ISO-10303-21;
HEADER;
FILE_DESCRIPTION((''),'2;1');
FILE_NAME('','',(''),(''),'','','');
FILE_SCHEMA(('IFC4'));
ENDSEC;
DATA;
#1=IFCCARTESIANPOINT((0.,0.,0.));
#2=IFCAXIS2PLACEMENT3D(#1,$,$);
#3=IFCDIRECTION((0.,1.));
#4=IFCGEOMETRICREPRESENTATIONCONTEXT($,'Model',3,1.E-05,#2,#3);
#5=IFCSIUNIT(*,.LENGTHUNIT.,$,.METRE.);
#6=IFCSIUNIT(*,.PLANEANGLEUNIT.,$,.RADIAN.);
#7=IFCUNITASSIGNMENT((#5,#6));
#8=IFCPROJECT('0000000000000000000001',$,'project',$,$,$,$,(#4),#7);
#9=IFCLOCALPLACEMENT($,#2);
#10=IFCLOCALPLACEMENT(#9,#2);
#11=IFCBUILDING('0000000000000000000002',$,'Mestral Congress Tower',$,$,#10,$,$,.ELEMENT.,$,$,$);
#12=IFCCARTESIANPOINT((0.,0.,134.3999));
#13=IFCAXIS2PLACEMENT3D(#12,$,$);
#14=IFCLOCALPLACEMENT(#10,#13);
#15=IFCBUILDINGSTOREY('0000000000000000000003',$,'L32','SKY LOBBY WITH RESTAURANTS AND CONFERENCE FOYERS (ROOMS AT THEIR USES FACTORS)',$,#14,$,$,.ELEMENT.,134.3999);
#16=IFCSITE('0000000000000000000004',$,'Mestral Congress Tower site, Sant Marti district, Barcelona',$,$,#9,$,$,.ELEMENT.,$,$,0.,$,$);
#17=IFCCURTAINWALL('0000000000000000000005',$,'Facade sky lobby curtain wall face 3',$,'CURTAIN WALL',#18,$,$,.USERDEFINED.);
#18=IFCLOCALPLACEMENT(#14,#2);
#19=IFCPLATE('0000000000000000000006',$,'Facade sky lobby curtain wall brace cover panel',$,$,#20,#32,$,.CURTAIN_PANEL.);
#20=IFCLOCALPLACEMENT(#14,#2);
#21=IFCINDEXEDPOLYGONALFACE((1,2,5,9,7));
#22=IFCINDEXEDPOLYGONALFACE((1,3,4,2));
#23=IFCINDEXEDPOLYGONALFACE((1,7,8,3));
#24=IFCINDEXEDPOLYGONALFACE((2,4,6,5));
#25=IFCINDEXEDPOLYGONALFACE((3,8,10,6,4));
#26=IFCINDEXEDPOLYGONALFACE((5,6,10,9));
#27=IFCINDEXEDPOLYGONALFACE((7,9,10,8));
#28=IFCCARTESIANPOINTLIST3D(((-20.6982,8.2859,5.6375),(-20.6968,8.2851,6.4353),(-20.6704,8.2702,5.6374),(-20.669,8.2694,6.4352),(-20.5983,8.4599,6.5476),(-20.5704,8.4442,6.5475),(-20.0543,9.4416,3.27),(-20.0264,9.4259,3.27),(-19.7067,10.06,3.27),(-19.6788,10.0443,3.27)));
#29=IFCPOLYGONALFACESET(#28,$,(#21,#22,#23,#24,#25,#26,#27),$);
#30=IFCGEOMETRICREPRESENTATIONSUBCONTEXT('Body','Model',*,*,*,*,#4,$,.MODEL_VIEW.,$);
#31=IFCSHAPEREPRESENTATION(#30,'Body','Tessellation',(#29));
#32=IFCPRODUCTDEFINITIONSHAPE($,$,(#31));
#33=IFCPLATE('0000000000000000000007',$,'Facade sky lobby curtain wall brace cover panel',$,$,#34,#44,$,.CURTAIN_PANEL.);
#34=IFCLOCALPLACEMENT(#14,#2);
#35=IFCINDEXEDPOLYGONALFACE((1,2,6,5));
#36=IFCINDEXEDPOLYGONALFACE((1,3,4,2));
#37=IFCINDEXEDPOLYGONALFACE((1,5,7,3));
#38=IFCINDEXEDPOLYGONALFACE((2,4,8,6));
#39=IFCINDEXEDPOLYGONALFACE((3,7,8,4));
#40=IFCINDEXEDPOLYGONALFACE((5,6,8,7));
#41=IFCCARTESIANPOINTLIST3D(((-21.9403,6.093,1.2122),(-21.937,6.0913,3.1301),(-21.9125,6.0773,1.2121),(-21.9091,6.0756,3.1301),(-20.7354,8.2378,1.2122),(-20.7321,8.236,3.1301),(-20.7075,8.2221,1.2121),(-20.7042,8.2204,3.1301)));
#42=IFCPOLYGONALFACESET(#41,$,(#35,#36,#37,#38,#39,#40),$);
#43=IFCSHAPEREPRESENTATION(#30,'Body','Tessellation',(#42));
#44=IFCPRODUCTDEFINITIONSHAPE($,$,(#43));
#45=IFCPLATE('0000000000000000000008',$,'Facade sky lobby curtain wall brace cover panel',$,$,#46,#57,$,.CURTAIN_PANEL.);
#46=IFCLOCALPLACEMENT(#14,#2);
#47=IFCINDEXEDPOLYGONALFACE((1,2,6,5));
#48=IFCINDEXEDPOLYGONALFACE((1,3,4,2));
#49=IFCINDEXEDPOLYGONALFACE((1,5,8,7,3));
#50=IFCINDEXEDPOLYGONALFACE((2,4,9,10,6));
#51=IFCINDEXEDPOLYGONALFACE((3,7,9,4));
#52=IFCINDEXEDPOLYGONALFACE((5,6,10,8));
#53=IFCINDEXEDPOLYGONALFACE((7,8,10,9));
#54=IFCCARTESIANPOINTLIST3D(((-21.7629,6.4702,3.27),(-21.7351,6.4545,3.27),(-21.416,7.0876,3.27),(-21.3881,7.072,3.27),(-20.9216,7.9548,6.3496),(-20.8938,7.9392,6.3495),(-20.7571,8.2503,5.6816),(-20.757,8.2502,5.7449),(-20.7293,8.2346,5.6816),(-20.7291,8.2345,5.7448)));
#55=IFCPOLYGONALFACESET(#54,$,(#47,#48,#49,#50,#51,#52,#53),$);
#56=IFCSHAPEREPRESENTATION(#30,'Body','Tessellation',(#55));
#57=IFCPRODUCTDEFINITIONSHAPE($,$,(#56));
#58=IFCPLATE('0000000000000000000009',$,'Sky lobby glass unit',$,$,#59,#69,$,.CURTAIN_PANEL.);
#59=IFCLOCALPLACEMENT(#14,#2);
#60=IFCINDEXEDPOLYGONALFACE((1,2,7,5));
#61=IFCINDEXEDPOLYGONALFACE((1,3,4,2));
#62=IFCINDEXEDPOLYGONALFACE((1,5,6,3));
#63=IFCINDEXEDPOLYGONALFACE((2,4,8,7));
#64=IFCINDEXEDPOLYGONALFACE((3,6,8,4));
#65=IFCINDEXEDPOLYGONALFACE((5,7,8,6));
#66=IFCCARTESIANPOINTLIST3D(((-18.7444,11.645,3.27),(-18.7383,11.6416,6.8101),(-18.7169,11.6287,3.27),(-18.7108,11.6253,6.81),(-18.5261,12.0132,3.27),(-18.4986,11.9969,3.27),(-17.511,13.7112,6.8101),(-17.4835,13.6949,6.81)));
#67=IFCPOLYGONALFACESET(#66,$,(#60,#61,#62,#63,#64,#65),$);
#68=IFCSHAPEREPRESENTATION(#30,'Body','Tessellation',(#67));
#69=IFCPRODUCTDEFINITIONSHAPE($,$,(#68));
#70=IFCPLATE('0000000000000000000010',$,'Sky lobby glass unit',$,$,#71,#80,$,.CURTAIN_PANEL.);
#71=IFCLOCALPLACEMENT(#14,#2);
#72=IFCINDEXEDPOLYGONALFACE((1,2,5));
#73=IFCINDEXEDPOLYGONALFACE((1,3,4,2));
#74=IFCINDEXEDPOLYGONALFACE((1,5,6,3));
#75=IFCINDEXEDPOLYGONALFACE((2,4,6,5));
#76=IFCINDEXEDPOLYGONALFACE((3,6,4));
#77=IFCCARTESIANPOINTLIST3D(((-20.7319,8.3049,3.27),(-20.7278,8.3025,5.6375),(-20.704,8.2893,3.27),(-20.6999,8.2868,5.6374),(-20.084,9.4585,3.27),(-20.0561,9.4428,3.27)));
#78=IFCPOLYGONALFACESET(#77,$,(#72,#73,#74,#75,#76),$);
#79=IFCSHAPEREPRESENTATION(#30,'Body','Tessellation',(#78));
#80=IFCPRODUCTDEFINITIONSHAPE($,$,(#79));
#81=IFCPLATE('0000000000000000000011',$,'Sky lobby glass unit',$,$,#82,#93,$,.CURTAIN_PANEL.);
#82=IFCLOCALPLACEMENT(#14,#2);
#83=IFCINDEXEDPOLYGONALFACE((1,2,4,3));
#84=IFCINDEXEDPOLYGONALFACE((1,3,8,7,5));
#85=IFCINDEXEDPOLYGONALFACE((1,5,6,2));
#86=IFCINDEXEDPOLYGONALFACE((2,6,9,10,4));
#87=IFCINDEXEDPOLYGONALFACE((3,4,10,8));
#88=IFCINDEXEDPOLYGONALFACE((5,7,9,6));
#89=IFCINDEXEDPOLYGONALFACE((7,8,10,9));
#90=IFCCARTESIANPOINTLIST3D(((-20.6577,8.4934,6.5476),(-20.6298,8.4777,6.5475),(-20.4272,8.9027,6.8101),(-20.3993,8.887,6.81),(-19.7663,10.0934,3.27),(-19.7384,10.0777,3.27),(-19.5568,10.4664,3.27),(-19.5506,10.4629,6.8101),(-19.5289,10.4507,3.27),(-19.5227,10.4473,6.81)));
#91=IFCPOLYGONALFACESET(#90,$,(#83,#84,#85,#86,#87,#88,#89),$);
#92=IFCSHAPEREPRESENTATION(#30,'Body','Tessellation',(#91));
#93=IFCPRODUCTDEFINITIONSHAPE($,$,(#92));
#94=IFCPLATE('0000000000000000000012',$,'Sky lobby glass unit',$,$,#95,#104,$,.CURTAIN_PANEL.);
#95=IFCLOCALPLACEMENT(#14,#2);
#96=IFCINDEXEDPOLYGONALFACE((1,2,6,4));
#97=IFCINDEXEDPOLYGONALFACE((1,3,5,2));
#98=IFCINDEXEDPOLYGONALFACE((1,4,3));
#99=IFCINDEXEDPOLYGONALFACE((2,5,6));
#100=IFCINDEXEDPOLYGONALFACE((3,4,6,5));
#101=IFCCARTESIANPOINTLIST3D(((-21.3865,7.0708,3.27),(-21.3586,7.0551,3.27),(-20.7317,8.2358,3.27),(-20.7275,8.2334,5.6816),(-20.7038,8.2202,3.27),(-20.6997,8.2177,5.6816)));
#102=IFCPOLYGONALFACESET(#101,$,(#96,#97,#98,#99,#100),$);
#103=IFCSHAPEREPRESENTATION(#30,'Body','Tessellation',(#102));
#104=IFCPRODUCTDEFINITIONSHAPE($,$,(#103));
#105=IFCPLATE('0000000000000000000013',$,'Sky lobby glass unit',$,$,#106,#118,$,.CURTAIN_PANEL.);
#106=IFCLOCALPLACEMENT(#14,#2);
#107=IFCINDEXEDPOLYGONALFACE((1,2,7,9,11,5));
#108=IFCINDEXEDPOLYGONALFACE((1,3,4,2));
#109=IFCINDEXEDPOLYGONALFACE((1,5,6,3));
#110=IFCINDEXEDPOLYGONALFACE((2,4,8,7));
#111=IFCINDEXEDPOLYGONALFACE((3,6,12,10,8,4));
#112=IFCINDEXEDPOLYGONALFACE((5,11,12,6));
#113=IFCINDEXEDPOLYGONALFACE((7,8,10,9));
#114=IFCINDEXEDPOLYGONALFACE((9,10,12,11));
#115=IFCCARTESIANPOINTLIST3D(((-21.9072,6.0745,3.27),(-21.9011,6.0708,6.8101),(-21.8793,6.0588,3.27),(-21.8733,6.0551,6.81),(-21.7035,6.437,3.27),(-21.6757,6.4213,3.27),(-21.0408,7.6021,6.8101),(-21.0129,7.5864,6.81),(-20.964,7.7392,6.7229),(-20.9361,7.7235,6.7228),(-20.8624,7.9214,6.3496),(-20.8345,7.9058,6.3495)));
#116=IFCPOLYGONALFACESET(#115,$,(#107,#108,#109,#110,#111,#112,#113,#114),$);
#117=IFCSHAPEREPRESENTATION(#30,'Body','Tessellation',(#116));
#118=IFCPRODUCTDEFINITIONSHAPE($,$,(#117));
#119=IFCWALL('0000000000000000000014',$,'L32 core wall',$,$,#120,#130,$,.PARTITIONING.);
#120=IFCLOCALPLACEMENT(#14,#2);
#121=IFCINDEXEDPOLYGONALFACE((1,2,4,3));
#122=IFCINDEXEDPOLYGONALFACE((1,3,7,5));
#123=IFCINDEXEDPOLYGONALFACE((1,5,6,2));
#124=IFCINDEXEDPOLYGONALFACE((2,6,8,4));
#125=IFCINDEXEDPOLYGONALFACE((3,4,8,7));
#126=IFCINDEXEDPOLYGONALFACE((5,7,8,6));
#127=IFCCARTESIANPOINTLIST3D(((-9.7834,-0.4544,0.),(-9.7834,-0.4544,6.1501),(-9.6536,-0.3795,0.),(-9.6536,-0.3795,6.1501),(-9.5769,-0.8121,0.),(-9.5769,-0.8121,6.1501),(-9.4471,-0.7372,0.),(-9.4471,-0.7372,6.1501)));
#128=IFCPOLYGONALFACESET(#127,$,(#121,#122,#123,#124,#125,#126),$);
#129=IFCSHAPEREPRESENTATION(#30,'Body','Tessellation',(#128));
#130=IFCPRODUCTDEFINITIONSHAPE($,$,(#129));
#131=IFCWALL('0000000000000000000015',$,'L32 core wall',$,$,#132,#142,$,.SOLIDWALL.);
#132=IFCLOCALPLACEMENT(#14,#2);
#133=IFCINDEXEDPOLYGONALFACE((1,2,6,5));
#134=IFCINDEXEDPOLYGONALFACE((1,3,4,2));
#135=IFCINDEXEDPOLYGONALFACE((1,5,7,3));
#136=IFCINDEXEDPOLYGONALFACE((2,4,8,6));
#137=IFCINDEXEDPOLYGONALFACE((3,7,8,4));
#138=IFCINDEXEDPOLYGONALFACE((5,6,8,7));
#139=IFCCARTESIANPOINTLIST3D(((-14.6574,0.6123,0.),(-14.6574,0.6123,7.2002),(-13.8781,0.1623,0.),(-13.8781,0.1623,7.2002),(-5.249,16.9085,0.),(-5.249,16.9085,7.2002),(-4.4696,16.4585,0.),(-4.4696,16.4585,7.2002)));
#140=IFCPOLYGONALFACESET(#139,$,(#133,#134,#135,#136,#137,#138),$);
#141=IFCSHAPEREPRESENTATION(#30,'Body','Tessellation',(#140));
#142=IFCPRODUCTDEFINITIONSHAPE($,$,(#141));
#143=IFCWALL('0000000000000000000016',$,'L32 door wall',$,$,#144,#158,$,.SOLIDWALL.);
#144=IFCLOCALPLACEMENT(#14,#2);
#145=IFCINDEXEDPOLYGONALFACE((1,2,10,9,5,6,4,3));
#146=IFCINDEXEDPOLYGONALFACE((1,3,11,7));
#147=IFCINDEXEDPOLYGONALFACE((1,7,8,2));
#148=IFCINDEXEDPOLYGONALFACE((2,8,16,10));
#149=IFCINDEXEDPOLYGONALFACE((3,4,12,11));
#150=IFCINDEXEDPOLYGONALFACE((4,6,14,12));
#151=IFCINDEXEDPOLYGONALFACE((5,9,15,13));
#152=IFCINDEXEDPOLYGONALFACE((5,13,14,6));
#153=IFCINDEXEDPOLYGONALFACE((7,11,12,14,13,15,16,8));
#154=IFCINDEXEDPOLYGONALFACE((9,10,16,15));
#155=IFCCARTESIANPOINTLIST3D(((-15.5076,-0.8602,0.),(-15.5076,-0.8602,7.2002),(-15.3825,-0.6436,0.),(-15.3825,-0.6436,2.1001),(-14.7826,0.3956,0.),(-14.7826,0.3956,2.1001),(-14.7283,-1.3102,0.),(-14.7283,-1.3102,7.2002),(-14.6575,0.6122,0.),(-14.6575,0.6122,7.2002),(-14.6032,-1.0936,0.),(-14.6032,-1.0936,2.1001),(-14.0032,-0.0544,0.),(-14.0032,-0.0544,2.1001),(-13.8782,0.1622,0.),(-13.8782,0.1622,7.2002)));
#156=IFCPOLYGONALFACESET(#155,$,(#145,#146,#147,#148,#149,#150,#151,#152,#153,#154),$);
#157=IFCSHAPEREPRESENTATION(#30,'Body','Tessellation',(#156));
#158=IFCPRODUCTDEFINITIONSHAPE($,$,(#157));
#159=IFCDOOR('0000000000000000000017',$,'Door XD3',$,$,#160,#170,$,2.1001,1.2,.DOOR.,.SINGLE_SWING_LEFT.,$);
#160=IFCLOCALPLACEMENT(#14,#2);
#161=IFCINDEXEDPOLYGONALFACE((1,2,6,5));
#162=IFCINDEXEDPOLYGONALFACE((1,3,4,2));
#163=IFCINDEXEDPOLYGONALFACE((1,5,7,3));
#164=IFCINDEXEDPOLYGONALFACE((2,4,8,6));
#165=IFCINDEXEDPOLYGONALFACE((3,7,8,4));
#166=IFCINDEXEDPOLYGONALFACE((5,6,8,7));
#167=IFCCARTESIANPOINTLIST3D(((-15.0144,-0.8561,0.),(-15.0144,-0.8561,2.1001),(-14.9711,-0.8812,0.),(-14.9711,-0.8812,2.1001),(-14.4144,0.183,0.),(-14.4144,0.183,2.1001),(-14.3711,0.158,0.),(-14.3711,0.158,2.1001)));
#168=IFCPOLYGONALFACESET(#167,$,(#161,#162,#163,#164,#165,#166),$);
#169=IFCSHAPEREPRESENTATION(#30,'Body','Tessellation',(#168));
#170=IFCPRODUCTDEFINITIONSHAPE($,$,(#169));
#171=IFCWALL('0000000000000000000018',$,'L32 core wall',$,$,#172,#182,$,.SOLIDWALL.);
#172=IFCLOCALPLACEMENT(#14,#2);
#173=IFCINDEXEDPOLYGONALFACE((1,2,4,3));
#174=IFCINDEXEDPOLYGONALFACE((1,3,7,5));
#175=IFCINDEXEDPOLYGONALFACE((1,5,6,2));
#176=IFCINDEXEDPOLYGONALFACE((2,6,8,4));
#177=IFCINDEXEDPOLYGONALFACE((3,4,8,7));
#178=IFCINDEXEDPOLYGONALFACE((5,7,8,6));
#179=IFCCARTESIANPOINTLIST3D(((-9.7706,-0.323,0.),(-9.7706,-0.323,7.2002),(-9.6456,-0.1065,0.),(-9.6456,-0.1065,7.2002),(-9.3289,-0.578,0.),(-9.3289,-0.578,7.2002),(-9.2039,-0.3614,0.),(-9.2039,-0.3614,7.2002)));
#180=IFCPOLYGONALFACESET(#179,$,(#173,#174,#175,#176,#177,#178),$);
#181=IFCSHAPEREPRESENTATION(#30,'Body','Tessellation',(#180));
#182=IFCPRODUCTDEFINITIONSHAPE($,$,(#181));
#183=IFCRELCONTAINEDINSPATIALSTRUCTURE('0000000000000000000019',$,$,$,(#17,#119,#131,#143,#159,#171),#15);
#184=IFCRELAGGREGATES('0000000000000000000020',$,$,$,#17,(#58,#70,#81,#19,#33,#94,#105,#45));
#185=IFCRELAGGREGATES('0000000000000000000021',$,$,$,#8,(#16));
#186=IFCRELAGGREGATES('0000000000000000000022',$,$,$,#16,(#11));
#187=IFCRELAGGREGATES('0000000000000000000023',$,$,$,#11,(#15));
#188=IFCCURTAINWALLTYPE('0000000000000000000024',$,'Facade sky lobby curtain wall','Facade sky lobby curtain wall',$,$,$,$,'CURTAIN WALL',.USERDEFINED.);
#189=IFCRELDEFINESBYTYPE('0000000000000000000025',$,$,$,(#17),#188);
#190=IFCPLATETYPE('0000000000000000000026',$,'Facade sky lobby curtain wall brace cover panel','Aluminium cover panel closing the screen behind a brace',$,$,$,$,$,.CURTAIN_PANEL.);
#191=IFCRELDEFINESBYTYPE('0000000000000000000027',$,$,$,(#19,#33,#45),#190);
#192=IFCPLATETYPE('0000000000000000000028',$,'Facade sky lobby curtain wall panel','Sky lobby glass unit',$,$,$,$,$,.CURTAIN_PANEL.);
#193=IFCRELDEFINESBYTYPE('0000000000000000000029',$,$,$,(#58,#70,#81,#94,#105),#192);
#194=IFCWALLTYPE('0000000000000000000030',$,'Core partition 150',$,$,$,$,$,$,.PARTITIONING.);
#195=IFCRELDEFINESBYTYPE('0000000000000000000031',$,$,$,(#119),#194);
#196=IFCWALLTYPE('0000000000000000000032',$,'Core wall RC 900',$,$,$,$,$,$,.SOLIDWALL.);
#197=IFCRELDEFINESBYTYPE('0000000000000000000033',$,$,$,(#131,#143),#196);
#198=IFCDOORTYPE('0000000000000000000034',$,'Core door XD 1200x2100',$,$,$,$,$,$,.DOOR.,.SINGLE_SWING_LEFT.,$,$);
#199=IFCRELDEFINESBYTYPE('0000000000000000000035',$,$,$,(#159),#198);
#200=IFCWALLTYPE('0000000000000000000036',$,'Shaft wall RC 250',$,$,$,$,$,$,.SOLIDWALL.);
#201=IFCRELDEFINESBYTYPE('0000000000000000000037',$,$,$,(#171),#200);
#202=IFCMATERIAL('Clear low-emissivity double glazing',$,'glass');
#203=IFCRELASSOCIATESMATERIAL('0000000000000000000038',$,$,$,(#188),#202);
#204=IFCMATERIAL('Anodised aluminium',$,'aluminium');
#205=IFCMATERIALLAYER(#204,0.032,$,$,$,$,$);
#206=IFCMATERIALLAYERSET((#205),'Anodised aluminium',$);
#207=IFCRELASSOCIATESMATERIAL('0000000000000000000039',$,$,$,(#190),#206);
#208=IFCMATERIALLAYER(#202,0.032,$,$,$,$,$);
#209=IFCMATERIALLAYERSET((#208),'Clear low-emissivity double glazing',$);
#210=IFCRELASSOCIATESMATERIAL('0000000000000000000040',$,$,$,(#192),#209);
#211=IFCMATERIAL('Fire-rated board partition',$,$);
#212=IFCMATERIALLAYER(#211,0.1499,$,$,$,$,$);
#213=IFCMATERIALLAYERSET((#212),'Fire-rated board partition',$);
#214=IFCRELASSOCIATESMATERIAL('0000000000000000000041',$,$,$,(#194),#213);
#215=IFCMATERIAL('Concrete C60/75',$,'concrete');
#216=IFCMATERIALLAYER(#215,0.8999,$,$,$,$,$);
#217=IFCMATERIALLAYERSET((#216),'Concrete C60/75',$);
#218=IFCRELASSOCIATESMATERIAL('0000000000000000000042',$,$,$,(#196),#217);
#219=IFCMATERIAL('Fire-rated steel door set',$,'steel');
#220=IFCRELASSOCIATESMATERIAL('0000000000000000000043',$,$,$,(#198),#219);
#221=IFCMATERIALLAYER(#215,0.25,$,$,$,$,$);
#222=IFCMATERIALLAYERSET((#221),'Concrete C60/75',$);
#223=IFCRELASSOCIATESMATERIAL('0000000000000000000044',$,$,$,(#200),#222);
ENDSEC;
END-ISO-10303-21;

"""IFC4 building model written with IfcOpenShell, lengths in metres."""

from ifc_helpers import new_model, si_unit, direction, frame, frame_2d, origin, place, context, subcontext, project, spatial, polyline, rectangle, outline, extrude, material, layer, layer_set, type_object, element, fill, aggregate, save


model = new_model("IFC4")

# Units and contexts
model_context = context("Model", 3, precision=1e-05, world=origin(), true_north=direction((0.0, 1.0)))
body_context = subcontext(model_context, "Body", "Model", "MODEL_VIEW")
ifc_project = project(units=[si_unit("LENGTHUNIT", "METRE"), si_unit("PLANEANGLEUNIT", "RADIAN")], contexts=[model_context])

# Site, building, storey
site_placement = place(None, origin())
site = spatial("IfcSite", under=ifc_project, at=site_placement, Name="Mestral Congress Tower site, Sant Marti district, Barcelona", CompositionType="ELEMENT", RefElevation=0.0)
building_placement = place(site_placement, origin())
building = spatial("IfcBuilding", under=site, at=building_placement, Name="Mestral Congress Tower", CompositionType="ELEMENT")
storey_placement = place(building_placement, frame((0.0, 0.0, 134.3999)))
storey = spatial("IfcBuildingStorey", under=building, at=storey_placement, Name="L32", Description="SKY LOBBY WITH RESTAURANTS AND CONFERENCE FOYERS (ROOMS AT THEIR USES FACTORS)", CompositionType="ELEMENT", Elevation=134.3999)

# Curtain wall
ifc_material_1 = material(Name="Clear low-emissivity double glazing", Category="glass")
curtain_wall_type = type_object("IfcCurtainWallType", Name="Facade sky lobby curtain wall", Description="Facade sky lobby curtain wall", ElementType="CURTAIN WALL", PredefinedType="USERDEFINED", material=ifc_material_1)
curtain_wall_placement = place(storey_placement, origin())
curtain_wall = element("IfcCurtainWall", 1, at=curtain_wall_placement, inside=storey, type_object=curtain_wall_type, Name="Facade sky lobby curtain wall face 3", ObjectType="CURTAIN WALL", PredefinedType="USERDEFINED")
ifc_material_2 = material(Name="Anodised aluminium", Category="aluminium")

# Plates
ifc_layer_1 = layer(ifc_material_2, 0.032)
ifc_layer_set_1 = layer_set([ifc_layer_1], Name="Anodised aluminium")
plate_type_1 = type_object("IfcPlateType", Name="Facade sky lobby curtain wall brace cover panel", Description="Aluminium cover panel closing the screen behind a brace", PredefinedType="CURTAIN_PANEL", material=ifc_layer_set_1)
plate_1_placement = place(storey_placement, frame((-20.6982, 8.2859, 5.6375), z_axis=(-0.871753, 0.489941, 0.002049), x_axis=(0.237442, 0.426134, -0.872944)))
plate_1 = element("IfcPlate", 2, at=plate_1_placement, type_object=plate_type_1, Name="Facade sky lobby curtain wall brace cover panel", PredefinedType="CURTAIN_PANEL", context=body_context, shape_type="SweptSolid", body=[
    extrude(outline(polyline([(0.0, 0.0), (2.712, 0.0), (3.0581, -0.6193), (-0.6966, -0.6192), (-0.6965, -0.3892), (0.0, 0.0)])), origin(), (0.0, 0.0, -1.0), 0.032),
])
plate_2_placement = place(storey_placement, frame((-21.937, 6.0913, 3.1301), z_axis=(-0.871831, 0.489803, 0.001935), x_axis=(-0.001734, 0.000864, -0.999998)))
plate_2 = element("IfcPlate", 3, at=plate_2_placement, type_object=plate_type_1, Name="Facade sky lobby curtain wall brace cover panel", PredefinedType="CURTAIN_PANEL", context=body_context, shape_type="SweptSolid", body=[
    extrude(outline(polyline([(0.0, 0.0), (1.918, 0.0), (1.9177, -2.4601), (-0.0002, -2.46), (0.0, 0.0)])), origin(), (0.0, 0.0, -1.0), 0.032),
])
plate_3_placement = place(storey_placement, frame((-21.7629, 6.4702, 3.27), z_axis=(-0.871776, 0.4899, 0.001982), x_axis=(0.489901, 0.871778, 0.0)))
plate_3 = element("IfcPlate", 4, at=plate_3_placement, type_object=plate_type_1, Name="Facade sky lobby curtain wall brace cover panel", PredefinedType="CURTAIN_PANEL", context=body_context, shape_type="SweptSolid", body=[
    extrude(outline(polyline([(0.0, 0.0), (0.7082, 0.0), (2.0446, -2.4116), (2.0446, -2.4749), (1.7064, -3.0796), (0.0, 0.0)])), origin(), (0.0, 0.0, -1.0), 0.032),
])
ifc_layer_2 = layer(ifc_material_1, 0.032)
ifc_layer_set_2 = layer_set([ifc_layer_2], Name="Clear low-emissivity double glazing")
plate_type_2 = type_object("IfcPlateType", Name="Facade sky lobby curtain wall panel", Description="Sky lobby glass unit", PredefinedType="CURTAIN_PANEL", material=ifc_layer_set_2)
plate_4_placement = place(storey_placement, frame((-18.7383, 11.6416, 6.8101), z_axis=(-0.86014, 0.510054, 0.001989), x_axis=(-0.001736, 0.000972, -0.999998)))
plate_4 = element("IfcPlate", 5, at=plate_4_placement, type_object=plate_type_2, Name="Sky lobby glass unit", PredefinedType="CURTAIN_PANEL", context=body_context, shape_type="SweptSolid", body=[
    extrude(outline(polyline([(0.0, 0.0), (3.54, 0.0), (3.54, -0.428), (-0.0001, -2.4061), (0.0, 0.0)])), origin(), (0.0, 0.0, -1.0), 0.032),
])
plate_5_placement = place(storey_placement, frame((-20.7319, 8.3049, 3.27), z_axis=(-0.871874, 0.489726, 0.002034), x_axis=(0.489727, 0.871876, 0.0)))
plate_5 = element("IfcPlate", 6, at=plate_5_placement, type_object=plate_type_2, Name="Sky lobby glass unit", PredefinedType="CURTAIN_PANEL", context=body_context, shape_type="SweptSolid", body=[
    extrude(outline(polyline([(0.0, 0.0), (1.3231, 0.0), (-0.0001, -2.3674), (0.0, 0.0)])), origin(), (0.0, 0.0, -1.0), 0.032),
])
plate_6_placement = place(storey_placement, frame((-20.6577, 8.4934, 6.5476), z_axis=(-0.871831, 0.489803, 0.001993), x_axis=(0.237412, 0.426136, -0.872951)))
plate_6 = element("IfcPlate", 7, at=plate_6_placement, type_object=plate_type_2, Name="Sky lobby glass unit", PredefinedType="CURTAIN_PANEL", context=body_context, shape_type="SweptSolid", body=[
    extrude(outline(polyline([(0.0, 0.0), (3.7546, 0.0), (3.9633, -0.3735), (0.873, -2.1003), (0.0, -0.5381), (0.0, 0.0)])), origin(), (0.0, 0.0, -1.0), 0.032),
])
plate_7_placement = place(storey_placement, frame((-20.7317, 8.2358, 3.27), z_axis=(-0.871749, 0.489948, 0.001996), x_axis=(0.001721, -0.001012, 0.999998)))
plate_7 = element("IfcPlate", 8, at=plate_7_placement, type_object=plate_type_2, Name="Sky lobby glass unit", PredefinedType="CURTAIN_PANEL", context=body_context, shape_type="SweptSolid", body=[
    extrude(outline(polyline([(0.0, 0.0), (2.4116, 0.0), (0.0001, -1.3364), (0.0, 0.0)])), origin(), (0.0, 0.0, -1.0), 0.032),
])
plate_8_placement = place(storey_placement, frame((-21.9072, 6.0745, 3.27), z_axis=(-0.871812, 0.489837, 0.002005), x_axis=(0.489838, 0.871814, 0.0)))
plate_8 = element("IfcPlate", 9, at=plate_8_placement, type_object=plate_type_2, Name="Sky lobby glass unit", PredefinedType="CURTAIN_PANEL", context=body_context, shape_type="SweptSolid", body=[
    extrude(outline(polyline([(0.0, 0.0), (0.4158, 0.0), (2.122, -3.0796), (1.9134, -3.4529), (1.7562, -3.54), (-0.0002, -3.54), (0.0, 0.0)])), origin(), (0.0, 0.0, -1.0), 0.032),
])
aggregate(curtain_wall, [plate_4, plate_5, plate_6, plate_1, plate_2, plate_7, plate_8, plate_3])

# Walls
ifc_material_3 = material(Name="Fire-rated board partition")
ifc_layer_3 = layer(ifc_material_3, 0.1499)
ifc_layer_set_3 = layer_set([ifc_layer_3], Name="Fire-rated board partition")
wall_type_1 = type_object("IfcWallType", Name="Core partition 150", PredefinedType="PARTITIONING", material=ifc_layer_set_3)
wall_1_placement = place(storey_placement, frame((-9.512, -0.7747, 0.0), z_axis=(0.0, 0.0, 1.0), x_axis=(-0.500081, 0.865979, 0.0)))
element("IfcWall", 10, at=wall_1_placement, inside=storey, type_object=wall_type_1, Name="L32 core wall", PredefinedType="PARTITIONING", context=body_context, shape_type="SweptSolid", body=[
    extrude(rectangle(XDim=0.4131, YDim=0.1499, at=frame_2d((0.2065, 0.0))), origin(), (0.0, 0.0, 1.0), 6.1501),
])
ifc_material_4 = material(Name="Concrete C60/75", Category="concrete")
ifc_layer_4 = layer(ifc_material_4, 0.8999)
ifc_layer_set_4 = layer_set([ifc_layer_4], Name="Concrete C60/75")
wall_type_2 = type_object("IfcWallType", Name="Core wall RC 900", PredefinedType="SOLIDWALL", material=ifc_layer_set_4)
wall_2_placement = place(storey_placement, frame((-14.2678, 0.3872, 0.0), z_axis=(0.0, 0.0, 1.0), x_axis=(0.499995, 0.866029, 0.0)))
element("IfcWall", 11, at=wall_2_placement, inside=storey, type_object=wall_type_2, Name="L32 core wall", PredefinedType="SOLIDWALL", context=body_context, shape_type="SweptSolid", body=[
    extrude(rectangle(XDim=18.8171, YDim=0.8999, at=frame_2d((9.4087, 0.0))), origin(), (0.0, 0.0, 1.0), 7.2002),
])

# Wall, opening, door
wall_3_placement = place(storey_placement, frame((-15.1179, -1.0852, 0.0), z_axis=(0.0, 0.0, 1.0), x_axis=(0.5, 0.866025, 0.0)))
wall_3 = element("IfcWall", 12, at=wall_3_placement, inside=storey, type_object=wall_type_2, Name="L32 door wall", PredefinedType="SOLIDWALL", context=body_context, shape_type="SweptSolid", body=[
    extrude(rectangle(XDim=1.7002, YDim=0.8999, at=frame_2d((0.8501, 0.0))), origin(), (0.0, 0.0, 1.0), 7.2002),
])
opening_1_placement = place(wall_3_placement, frame((0.25, 0.0, 0.0)))
opening_1 = element("IfcOpeningElement", 13, at=opening_1_placement, cuts=wall_3, PredefinedType="OPENING", context=body_context, shape_type="SweptSolid", body=[
    extrude(rectangle(XDim=1.2, YDim=2.1001, at=frame_2d((0.6001, 1.05))), frame((0.0, 0.46, 0.0), z_axis=(0.0, -1.0, 0.0), x_axis=(1.0, 0.0, 0.0)), (0.0, 0.0, 1.0), 0.9199),
])
ifc_material_5 = material(Name="Fire-rated steel door set", Category="steel")
door_type_1 = type_object("IfcDoorType", Name="Core door XD 1200x2100", OperationType="SINGLE_SWING_LEFT", PredefinedType="DOOR", material=ifc_material_5)
door_1_placement = place(opening_1_placement, origin())
door_1 = element("IfcDoor", 14, at=door_1_placement, inside=storey, type_object=door_type_1, Name="Door XD3", OperationType="SINGLE_SWING_LEFT", OverallHeight=2.1001, OverallWidth=1.2, PredefinedType="DOOR", context=body_context, shape_type="SweptSolid", body=[
    extrude(rectangle(XDim=1.2, YDim=2.1001, at=frame_2d((0.6001, 1.05))), frame((0.0, 0.0249, 0.0), z_axis=(0.0, -1.0, 0.0), x_axis=(1.0, 0.0, 0.0)), (0.0, 0.0, 1.0), 0.05),
])
fill(opening_1, door_1)

# Wall
ifc_layer_5 = layer(ifc_material_4, 0.25)
ifc_layer_set_5 = layer_set([ifc_layer_5], Name="Concrete C60/75")
wall_type_3 = type_object("IfcWallType", Name="Shaft wall RC 250", PredefinedType="SOLIDWALL", material=ifc_layer_set_5)
wall_4_placement = place(storey_placement, frame((-9.708, -0.2148, 0.0), z_axis=(0.0, 0.0, 1.0), x_axis=(0.866114, -0.499847, 0.0)))
element("IfcWall", 15, at=wall_4_placement, inside=storey, type_object=wall_type_3, Name="L32 core wall", PredefinedType="SOLIDWALL", context=body_context, shape_type="SweptSolid", body=[
    extrude(rectangle(XDim=0.51, YDim=0.25, at=frame_2d((0.2549, 0.0))), origin(), (0.0, 0.0, 1.0), 7.2002),
])

save(model, "model.ifc")
